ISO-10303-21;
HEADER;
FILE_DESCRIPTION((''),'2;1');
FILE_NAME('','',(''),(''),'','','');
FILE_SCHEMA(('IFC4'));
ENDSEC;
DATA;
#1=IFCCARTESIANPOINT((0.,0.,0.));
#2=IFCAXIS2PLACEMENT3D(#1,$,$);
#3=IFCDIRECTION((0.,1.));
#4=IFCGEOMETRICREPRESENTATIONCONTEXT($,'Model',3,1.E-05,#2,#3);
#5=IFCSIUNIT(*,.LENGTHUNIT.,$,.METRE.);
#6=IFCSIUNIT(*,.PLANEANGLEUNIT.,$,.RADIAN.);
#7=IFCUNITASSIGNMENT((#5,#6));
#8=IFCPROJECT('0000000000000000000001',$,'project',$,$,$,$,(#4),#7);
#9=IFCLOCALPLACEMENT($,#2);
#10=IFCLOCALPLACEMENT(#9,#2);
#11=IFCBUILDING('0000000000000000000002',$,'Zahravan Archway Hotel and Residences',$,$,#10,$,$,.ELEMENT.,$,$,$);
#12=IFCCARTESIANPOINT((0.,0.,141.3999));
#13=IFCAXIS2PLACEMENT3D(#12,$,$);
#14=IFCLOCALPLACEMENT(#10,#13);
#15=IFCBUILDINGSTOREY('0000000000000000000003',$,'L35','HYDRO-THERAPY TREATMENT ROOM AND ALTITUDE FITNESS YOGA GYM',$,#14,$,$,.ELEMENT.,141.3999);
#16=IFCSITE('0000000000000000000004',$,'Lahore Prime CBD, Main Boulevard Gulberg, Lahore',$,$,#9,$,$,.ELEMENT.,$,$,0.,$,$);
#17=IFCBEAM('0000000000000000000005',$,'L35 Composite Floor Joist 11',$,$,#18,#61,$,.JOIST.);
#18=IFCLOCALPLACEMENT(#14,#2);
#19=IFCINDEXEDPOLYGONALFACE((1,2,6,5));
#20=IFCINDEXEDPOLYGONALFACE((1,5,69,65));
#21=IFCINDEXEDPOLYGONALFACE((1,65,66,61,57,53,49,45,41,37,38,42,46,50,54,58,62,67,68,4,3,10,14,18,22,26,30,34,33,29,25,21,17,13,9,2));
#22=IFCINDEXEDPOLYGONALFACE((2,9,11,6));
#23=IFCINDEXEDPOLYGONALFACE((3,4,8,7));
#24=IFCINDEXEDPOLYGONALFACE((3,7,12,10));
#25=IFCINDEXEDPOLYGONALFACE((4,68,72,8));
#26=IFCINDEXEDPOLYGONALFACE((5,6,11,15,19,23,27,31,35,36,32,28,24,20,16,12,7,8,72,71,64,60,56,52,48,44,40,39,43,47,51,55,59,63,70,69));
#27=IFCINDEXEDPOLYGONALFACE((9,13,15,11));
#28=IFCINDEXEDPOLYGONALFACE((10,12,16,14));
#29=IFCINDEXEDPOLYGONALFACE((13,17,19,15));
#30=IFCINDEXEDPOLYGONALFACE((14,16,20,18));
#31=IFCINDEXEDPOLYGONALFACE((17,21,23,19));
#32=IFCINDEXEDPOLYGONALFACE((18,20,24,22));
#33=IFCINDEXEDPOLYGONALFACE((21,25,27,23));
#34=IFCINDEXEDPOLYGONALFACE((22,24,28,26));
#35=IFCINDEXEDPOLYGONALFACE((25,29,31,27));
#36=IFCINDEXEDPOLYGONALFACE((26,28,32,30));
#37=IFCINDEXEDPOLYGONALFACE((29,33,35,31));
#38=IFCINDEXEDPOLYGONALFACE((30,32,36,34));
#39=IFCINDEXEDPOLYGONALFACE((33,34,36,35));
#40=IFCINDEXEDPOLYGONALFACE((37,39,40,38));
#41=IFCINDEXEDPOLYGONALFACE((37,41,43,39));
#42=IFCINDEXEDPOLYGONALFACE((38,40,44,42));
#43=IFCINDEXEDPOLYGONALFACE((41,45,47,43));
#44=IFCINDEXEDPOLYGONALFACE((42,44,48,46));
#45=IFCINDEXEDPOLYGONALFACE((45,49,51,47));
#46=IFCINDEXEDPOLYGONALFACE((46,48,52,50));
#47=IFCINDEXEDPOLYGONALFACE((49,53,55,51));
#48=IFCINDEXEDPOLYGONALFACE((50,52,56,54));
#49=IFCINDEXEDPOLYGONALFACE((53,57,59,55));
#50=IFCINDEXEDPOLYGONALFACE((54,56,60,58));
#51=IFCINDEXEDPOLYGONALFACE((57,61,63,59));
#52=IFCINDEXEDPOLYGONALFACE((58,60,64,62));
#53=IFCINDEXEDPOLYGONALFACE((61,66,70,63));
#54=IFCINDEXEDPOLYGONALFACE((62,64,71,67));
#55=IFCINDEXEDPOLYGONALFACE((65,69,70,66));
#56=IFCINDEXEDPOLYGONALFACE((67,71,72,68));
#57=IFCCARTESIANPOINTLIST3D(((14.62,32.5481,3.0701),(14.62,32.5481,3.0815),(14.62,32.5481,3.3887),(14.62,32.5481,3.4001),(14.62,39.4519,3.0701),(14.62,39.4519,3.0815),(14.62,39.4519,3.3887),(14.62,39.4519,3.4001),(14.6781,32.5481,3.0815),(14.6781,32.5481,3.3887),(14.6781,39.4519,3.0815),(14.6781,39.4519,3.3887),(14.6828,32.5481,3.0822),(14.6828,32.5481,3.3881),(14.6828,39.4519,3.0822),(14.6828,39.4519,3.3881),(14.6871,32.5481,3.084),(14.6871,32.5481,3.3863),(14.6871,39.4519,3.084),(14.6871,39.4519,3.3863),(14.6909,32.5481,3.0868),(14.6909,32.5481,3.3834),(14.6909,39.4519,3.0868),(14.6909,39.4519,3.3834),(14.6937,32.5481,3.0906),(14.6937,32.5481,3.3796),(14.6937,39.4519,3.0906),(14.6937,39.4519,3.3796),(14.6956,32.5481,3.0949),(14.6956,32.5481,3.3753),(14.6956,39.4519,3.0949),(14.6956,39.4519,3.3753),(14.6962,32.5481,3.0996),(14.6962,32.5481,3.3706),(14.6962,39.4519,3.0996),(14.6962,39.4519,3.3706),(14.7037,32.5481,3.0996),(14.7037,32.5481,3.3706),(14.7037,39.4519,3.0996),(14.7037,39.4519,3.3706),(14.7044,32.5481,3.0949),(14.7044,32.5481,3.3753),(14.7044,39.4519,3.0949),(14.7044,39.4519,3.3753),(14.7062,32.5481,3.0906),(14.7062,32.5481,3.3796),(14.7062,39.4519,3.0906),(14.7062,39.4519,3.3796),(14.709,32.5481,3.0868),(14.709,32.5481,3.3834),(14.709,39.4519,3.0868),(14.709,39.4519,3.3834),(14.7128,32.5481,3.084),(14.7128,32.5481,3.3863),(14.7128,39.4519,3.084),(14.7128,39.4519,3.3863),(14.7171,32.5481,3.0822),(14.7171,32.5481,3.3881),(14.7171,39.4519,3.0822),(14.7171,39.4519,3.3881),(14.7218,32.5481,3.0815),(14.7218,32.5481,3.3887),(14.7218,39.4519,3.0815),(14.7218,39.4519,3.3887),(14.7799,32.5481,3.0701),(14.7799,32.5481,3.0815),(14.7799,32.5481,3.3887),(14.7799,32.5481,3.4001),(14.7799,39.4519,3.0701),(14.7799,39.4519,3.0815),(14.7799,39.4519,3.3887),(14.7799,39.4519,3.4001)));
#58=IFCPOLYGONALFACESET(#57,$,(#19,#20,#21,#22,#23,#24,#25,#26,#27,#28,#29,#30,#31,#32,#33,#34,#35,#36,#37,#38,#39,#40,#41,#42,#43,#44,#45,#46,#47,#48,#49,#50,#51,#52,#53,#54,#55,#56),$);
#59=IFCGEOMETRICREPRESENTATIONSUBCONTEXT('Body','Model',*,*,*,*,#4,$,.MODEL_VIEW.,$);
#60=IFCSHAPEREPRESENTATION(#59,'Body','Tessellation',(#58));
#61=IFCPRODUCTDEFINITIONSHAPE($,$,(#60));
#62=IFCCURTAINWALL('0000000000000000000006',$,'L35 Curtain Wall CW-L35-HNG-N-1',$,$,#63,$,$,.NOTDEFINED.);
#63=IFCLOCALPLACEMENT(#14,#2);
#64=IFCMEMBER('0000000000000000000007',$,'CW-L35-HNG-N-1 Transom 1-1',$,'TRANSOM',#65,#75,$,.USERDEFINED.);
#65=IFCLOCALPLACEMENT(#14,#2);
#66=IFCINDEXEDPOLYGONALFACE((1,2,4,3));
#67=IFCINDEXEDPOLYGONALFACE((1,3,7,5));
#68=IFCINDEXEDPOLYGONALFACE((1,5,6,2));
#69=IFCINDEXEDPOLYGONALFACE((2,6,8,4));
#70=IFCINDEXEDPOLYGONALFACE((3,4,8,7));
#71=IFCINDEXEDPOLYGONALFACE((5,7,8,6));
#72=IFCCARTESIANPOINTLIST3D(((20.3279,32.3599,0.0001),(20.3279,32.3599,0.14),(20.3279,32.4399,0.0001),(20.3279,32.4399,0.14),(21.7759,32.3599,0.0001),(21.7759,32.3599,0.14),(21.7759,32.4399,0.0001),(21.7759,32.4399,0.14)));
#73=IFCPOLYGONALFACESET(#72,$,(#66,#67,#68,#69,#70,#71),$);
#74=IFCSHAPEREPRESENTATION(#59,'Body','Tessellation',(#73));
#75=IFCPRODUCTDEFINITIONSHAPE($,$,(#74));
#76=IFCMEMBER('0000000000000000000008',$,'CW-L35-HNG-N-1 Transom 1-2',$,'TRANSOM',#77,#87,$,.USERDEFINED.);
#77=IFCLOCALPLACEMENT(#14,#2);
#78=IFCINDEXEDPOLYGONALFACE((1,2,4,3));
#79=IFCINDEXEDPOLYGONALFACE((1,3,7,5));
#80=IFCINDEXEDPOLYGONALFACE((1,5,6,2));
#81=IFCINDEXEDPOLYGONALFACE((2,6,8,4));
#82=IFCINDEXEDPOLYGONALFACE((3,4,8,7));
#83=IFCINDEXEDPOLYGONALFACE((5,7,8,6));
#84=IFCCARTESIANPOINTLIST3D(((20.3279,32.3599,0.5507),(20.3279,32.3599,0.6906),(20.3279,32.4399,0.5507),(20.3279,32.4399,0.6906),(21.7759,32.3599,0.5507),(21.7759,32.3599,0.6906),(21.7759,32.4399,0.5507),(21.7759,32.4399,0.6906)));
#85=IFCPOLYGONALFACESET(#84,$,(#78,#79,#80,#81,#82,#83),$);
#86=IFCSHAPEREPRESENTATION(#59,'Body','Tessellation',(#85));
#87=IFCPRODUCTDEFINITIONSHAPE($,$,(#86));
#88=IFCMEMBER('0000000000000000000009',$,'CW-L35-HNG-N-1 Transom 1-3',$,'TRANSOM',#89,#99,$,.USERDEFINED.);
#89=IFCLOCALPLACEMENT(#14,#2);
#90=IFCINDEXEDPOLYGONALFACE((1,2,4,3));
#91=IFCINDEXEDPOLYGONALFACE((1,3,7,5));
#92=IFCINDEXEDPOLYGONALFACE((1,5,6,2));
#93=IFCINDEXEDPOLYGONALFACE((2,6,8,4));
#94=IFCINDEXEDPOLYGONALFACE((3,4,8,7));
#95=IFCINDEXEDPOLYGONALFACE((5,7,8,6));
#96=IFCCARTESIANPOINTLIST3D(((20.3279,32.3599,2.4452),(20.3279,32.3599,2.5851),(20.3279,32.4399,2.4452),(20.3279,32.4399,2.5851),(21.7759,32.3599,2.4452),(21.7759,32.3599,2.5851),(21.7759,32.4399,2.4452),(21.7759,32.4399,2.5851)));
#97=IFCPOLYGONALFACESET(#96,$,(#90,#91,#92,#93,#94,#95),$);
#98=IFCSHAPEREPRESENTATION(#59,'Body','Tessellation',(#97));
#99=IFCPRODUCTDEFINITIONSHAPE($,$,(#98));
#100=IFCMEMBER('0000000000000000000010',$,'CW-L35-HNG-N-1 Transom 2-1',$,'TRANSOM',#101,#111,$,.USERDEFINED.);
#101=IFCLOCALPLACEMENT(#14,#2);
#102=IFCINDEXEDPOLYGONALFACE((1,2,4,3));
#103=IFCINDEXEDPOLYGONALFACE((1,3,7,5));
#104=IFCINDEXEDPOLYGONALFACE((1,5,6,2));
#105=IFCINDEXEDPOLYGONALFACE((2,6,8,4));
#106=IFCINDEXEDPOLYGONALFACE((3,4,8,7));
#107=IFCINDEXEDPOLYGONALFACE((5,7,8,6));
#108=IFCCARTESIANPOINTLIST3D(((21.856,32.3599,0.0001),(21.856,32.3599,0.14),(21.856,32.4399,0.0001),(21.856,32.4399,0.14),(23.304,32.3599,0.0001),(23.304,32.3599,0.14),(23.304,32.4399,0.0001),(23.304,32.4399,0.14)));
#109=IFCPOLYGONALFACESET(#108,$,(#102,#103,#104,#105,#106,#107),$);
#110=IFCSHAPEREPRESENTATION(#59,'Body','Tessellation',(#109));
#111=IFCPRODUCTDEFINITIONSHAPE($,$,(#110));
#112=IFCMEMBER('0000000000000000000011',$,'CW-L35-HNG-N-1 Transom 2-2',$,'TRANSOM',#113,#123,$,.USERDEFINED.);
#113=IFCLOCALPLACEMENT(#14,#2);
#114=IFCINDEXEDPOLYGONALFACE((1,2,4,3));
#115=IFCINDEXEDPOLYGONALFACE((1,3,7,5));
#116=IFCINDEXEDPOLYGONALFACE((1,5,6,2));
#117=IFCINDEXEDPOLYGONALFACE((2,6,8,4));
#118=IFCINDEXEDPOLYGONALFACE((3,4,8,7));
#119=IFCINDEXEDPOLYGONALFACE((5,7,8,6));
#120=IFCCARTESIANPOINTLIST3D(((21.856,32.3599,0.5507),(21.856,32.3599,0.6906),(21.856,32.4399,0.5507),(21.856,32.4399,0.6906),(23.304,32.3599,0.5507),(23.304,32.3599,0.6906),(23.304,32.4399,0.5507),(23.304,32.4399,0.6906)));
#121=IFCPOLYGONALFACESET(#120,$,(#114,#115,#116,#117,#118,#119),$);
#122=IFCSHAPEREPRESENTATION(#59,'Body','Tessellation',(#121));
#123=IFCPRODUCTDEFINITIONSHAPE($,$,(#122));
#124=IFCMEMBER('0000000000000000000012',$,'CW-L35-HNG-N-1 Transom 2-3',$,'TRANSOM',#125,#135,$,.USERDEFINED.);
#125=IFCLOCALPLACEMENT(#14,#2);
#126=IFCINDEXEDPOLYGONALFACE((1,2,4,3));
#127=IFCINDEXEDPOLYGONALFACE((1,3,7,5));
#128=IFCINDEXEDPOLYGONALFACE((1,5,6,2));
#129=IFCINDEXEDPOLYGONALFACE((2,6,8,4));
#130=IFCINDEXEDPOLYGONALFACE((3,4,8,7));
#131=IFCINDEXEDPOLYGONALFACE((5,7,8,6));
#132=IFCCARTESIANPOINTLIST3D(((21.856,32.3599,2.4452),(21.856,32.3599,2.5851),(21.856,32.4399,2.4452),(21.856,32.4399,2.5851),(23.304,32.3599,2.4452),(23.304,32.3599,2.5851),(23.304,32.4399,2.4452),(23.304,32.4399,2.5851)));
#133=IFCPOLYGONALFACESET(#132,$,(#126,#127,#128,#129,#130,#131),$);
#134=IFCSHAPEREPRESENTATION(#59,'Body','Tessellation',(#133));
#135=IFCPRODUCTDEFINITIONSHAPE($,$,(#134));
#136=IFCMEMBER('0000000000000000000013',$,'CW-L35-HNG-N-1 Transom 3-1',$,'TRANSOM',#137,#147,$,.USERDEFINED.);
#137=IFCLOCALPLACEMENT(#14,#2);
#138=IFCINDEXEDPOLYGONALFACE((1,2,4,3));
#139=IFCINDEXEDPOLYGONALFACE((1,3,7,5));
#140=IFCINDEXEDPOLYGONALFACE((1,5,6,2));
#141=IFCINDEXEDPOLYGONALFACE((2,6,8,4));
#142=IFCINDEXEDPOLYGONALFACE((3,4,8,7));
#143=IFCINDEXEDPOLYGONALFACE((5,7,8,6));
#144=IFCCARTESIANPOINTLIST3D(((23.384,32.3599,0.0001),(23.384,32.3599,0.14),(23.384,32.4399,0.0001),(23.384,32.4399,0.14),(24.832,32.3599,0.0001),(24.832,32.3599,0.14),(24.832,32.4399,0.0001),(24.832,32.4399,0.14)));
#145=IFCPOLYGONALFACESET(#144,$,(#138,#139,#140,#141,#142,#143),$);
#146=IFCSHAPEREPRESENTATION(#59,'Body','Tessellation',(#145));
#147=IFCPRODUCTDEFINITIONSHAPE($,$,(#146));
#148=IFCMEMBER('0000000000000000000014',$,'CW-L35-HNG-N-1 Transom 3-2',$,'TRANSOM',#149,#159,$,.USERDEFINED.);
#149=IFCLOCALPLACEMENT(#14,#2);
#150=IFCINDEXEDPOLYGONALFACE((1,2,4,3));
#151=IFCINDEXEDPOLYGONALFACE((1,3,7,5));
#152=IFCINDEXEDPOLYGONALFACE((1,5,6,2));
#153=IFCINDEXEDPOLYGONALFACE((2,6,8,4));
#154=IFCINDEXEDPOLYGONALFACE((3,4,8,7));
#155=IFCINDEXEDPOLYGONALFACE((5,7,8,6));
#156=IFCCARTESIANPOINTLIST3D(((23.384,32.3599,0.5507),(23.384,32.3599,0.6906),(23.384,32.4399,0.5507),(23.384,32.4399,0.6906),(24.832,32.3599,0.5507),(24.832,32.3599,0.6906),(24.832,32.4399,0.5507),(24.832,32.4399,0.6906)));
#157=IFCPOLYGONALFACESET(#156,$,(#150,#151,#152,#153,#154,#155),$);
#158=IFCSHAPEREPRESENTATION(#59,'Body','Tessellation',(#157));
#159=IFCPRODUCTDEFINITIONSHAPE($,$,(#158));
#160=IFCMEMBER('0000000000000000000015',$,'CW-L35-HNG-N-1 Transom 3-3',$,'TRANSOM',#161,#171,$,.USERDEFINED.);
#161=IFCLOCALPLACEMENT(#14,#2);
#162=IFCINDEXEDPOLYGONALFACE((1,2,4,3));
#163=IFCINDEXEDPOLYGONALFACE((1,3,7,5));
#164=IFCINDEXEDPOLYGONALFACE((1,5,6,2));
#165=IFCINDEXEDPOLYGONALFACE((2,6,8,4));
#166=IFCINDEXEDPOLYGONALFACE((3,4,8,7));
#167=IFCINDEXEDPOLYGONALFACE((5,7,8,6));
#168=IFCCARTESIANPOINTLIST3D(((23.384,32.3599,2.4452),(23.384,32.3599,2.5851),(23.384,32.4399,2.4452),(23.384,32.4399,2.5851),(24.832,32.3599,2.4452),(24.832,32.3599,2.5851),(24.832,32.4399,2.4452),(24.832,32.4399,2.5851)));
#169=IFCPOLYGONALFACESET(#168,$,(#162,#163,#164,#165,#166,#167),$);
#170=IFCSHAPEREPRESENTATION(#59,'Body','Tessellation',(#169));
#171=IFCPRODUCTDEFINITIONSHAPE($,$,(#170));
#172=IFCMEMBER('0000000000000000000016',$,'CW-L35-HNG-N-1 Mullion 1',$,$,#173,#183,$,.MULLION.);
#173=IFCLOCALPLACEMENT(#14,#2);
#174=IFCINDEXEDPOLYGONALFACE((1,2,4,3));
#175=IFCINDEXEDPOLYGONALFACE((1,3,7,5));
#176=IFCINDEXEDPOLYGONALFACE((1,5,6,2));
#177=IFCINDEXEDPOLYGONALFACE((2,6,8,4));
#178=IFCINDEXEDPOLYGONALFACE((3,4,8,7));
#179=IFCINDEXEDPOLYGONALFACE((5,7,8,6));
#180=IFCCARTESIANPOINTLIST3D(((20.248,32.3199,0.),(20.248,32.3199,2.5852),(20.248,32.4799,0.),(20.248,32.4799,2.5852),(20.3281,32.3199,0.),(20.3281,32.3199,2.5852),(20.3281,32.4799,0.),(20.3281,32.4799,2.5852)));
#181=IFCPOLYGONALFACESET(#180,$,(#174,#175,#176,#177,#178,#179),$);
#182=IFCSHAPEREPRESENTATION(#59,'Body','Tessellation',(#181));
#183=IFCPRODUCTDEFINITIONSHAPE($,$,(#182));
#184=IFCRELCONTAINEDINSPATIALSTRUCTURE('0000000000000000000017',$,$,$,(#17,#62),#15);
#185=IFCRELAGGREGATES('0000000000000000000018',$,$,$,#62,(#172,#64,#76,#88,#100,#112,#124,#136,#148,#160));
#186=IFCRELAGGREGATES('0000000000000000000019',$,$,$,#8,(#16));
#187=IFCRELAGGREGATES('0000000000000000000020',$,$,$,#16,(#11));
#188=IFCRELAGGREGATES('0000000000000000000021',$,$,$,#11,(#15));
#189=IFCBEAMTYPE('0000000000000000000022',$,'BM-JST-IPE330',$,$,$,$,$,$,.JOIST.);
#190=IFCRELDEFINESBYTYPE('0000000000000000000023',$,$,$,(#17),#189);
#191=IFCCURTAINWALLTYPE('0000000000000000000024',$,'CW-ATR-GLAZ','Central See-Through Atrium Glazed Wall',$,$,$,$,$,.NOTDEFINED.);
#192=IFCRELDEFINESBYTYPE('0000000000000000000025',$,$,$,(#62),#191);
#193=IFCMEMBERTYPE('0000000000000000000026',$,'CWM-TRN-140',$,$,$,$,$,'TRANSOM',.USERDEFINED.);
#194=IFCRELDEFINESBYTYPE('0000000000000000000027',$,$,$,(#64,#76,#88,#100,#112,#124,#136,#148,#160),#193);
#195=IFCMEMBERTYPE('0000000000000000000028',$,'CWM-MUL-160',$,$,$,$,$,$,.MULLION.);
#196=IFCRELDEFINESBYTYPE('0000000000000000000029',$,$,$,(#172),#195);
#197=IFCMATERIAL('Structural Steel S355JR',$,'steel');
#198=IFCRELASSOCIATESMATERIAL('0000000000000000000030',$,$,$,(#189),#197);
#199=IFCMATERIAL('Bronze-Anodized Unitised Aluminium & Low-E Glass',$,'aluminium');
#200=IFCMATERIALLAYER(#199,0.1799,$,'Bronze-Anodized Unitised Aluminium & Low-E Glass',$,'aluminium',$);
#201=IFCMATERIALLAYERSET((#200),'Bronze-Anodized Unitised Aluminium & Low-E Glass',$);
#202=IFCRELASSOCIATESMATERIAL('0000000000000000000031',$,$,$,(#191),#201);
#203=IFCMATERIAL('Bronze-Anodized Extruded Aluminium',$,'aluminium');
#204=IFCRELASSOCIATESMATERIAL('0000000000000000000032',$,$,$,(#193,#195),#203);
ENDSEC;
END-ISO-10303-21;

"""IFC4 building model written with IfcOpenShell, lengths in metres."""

from ifc_helpers import new_model, si_unit, direction, frame, origin, origin_2d, place, context, subcontext, project, spatial, rectangle, i_section, extrude, source, transform, mapped, material, layer, layer_set, material_profile, profile_set, type_object, element, aggregate, save


model = new_model("IFC4")

# Units and contexts
model_context = context("Model", 3, precision=1e-05, world=origin(), true_north=direction((0.0, 1.0)))
body_context = subcontext(model_context, "Body", "Model", "MODEL_VIEW")
ifc_project = project(units=[si_unit("LENGTHUNIT", "METRE"), si_unit("PLANEANGLEUNIT", "RADIAN")], contexts=[model_context])

# Site, building, storey
site_placement = place(None, origin())
site = spatial("IfcSite", under=ifc_project, at=site_placement, Name="Lahore Prime CBD, Main Boulevard Gulberg, Lahore", CompositionType="ELEMENT", RefElevation=0.0)
building_placement = place(site_placement, origin())
building = spatial("IfcBuilding", under=site, at=building_placement, Name="Zahravan Archway Hotel and Residences", CompositionType="ELEMENT")
storey_placement = place(building_placement, frame((0.0, 0.0, 141.3999)))
storey = spatial("IfcBuildingStorey", under=building, at=storey_placement, Name="L35", Description="HYDRO-THERAPY TREATMENT ROOM AND ALTITUDE FITNESS YOGA GYM", CompositionType="ELEMENT", Elevation=141.3999)

# Beam
ifc_material_1 = material(Name="Structural Steel S355JR", Category="steel")
ifc_material_profile_1 = material_profile(ifc_material_1, i_section(OverallWidth=0.1599, OverallDepth=0.3301, WebThickness=0.0076, FlangeThickness=0.0115, FilletRadius=0.0181, at=origin_2d()), Name="IPE 330", Category="steel")
ifc_profile_set_1 = profile_set([ifc_material_profile_1], Name="Structural Steel S355JR")
beam_type_1 = type_object("IfcBeamType", Name="BM-JST-IPE330", PredefinedType="JOIST", material=ifc_profile_set_1)
shared_shape_1 = source(origin(), body_context, "Body", "SweptSolid", [
    extrude(i_section(OverallWidth=0.1599, OverallDepth=0.3301, WebThickness=0.0076, FlangeThickness=0.0115, FilletRadius=0.0181, at=origin_2d()), origin(), (0.0, 0.0, 1.0), 6.9038),
])
beam_1_placement = place(storey_placement, frame((14.7, 32.5481, 3.2351), z_axis=(0.0, 1.0, 0.0), x_axis=(-1.0, 0.0, 0.0)))
element("IfcBeam", 1, at=beam_1_placement, inside=storey, type_object=beam_type_1, Name="L35 Composite Floor Joist 11", PredefinedType="JOIST", context=body_context, shape_type="MappedRepresentation", body=[
    mapped(shared_shape_1, transform((0.0, 0.0, 0.0), scale=1.0)),
])

# Curtain wall, members
ifc_material_2 = material(Name="Bronze-Anodized Unitised Aluminium & Low-E Glass", Category="aluminium")
ifc_layer_1 = layer(ifc_material_2, 0.1799, Name="Bronze-Anodized Unitised Aluminium & Low-E Glass", Category="aluminium")
ifc_layer_set_1 = layer_set([ifc_layer_1], Name="Bronze-Anodized Unitised Aluminium & Low-E Glass")
curtain_wall_type = type_object("IfcCurtainWallType", Name="CW-ATR-GLAZ", Description="Central See-Through Atrium Glazed Wall", PredefinedType="NOTDEFINED", material=ifc_layer_set_1)
curtain_wall_placement = place(storey_placement, origin())
curtain_wall = element("IfcCurtainWall", 2, at=curtain_wall_placement, inside=storey, type_object=curtain_wall_type, Name="L35 Curtain Wall CW-L35-HNG-N-1", PredefinedType="NOTDEFINED")
ifc_material_3 = material(Name="Bronze-Anodized Extruded Aluminium", Category="aluminium")
ifc_material_profile_2 = material_profile(ifc_material_3, rectangle(XDim=0.0801, YDim=0.1399, at=origin_2d()), Name="TRN 80x140", Category="aluminium")
ifc_profile_set_2 = profile_set([ifc_material_profile_2], Name="Bronze-Anodized Extruded Aluminium")
member_type_1 = type_object("IfcMemberType", Name="CWM-TRN-140", ElementType="TRANSOM", PredefinedType="USERDEFINED", material=ifc_profile_set_2)
shared_shape_2 = source(origin(), body_context, "Body", "SweptSolid", [
    extrude(rectangle(XDim=0.0801, YDim=0.1399, at=origin_2d()), origin(), (0.0, 0.0, 1.0), 1.448),
])
member_1_placement = place(storey_placement, frame((20.3279, 32.3999, 0.0701), z_axis=(1.0, 0.0, 0.0), x_axis=(0.0, 1.0, 0.0)))
member_1 = element("IfcMember", 3, at=member_1_placement, type_object=member_type_1, Name="CW-L35-HNG-N-1 Transom 1-1", ObjectType="TRANSOM", PredefinedType="USERDEFINED", context=body_context, shape_type="MappedRepresentation", body=[
    mapped(shared_shape_2, transform((0.0, 0.0, 0.0), scale=1.0)),
])
member_2_placement = place(storey_placement, frame((20.3279, 32.3999, 0.6206), z_axis=(1.0, 0.0, 0.0), x_axis=(0.0, 1.0, 0.0)))
member_2 = element("IfcMember", 4, at=member_2_placement, type_object=member_type_1, Name="CW-L35-HNG-N-1 Transom 1-2", ObjectType="TRANSOM", PredefinedType="USERDEFINED", context=body_context, shape_type="MappedRepresentation", body=[
    mapped(shared_shape_2, transform((0.0, 0.0, 0.0), scale=1.0)),
])
member_3_placement = place(storey_placement, frame((20.3279, 32.3999, 2.5151), z_axis=(1.0, 0.0, 0.0), x_axis=(0.0, 1.0, 0.0)))
member_3 = element("IfcMember", 5, at=member_3_placement, type_object=member_type_1, Name="CW-L35-HNG-N-1 Transom 1-3", ObjectType="TRANSOM", PredefinedType="USERDEFINED", context=body_context, shape_type="MappedRepresentation", body=[
    mapped(shared_shape_2, transform((0.0, 0.0, 0.0), scale=1.0)),
])
member_4_placement = place(storey_placement, frame((21.856, 32.3999, 0.0701), z_axis=(1.0, 0.0, 0.0), x_axis=(0.0, 1.0, 0.0)))
member_4 = element("IfcMember", 6, at=member_4_placement, type_object=member_type_1, Name="CW-L35-HNG-N-1 Transom 2-1", ObjectType="TRANSOM", PredefinedType="USERDEFINED", context=body_context, shape_type="MappedRepresentation", body=[
    mapped(shared_shape_2, transform((0.0, 0.0, 0.0), scale=1.0)),
])
member_5_placement = place(storey_placement, frame((21.856, 32.3999, 0.6206), z_axis=(1.0, 0.0, 0.0), x_axis=(0.0, 1.0, 0.0)))
member_5 = element("IfcMember", 7, at=member_5_placement, type_object=member_type_1, Name="CW-L35-HNG-N-1 Transom 2-2", ObjectType="TRANSOM", PredefinedType="USERDEFINED", context=body_context, shape_type="MappedRepresentation", body=[
    mapped(shared_shape_2, transform((0.0, 0.0, 0.0), scale=1.0)),
])
member_6_placement = place(storey_placement, frame((21.856, 32.3999, 2.5151), z_axis=(1.0, 0.0, 0.0), x_axis=(0.0, 1.0, 0.0)))
member_6 = element("IfcMember", 8, at=member_6_placement, type_object=member_type_1, Name="CW-L35-HNG-N-1 Transom 2-3", ObjectType="TRANSOM", PredefinedType="USERDEFINED", context=body_context, shape_type="MappedRepresentation", body=[
    mapped(shared_shape_2, transform((0.0, 0.0, 0.0), scale=1.0)),
])
member_7_placement = place(storey_placement, frame((23.384, 32.3999, 0.0701), z_axis=(1.0, 0.0, 0.0), x_axis=(0.0, 1.0, 0.0)))
member_7 = element("IfcMember", 9, at=member_7_placement, type_object=member_type_1, Name="CW-L35-HNG-N-1 Transom 3-1", ObjectType="TRANSOM", PredefinedType="USERDEFINED", context=body_context, shape_type="MappedRepresentation", body=[
    mapped(shared_shape_2, transform((0.0, 0.0, 0.0), scale=1.0)),
])
member_8_placement = place(storey_placement, frame((23.384, 32.3999, 0.6206), z_axis=(1.0, 0.0, 0.0), x_axis=(0.0, 1.0, 0.0)))
member_8 = element("IfcMember", 10, at=member_8_placement, type_object=member_type_1, Name="CW-L35-HNG-N-1 Transom 3-2", ObjectType="TRANSOM", PredefinedType="USERDEFINED", context=body_context, shape_type="MappedRepresentation", body=[
    mapped(shared_shape_2, transform((0.0, 0.0, 0.0), scale=1.0)),
])
member_9_placement = place(storey_placement, frame((23.384, 32.3999, 2.5151), z_axis=(1.0, 0.0, 0.0), x_axis=(0.0, 1.0, 0.0)))
member_9 = element("IfcMember", 11, at=member_9_placement, type_object=member_type_1, Name="CW-L35-HNG-N-1 Transom 3-3", ObjectType="TRANSOM", PredefinedType="USERDEFINED", context=body_context, shape_type="MappedRepresentation", body=[
    mapped(shared_shape_2, transform((0.0, 0.0, 0.0), scale=1.0)),
])
ifc_material_profile_3 = material_profile(ifc_material_3, rectangle(XDim=0.0801, YDim=0.1599, at=origin_2d()), Name="MUL 80x160", Category="aluminium")
ifc_profile_set_3 = profile_set([ifc_material_profile_3], Name="Bronze-Anodized Extruded Aluminium")
member_type_2 = type_object("IfcMemberType", Name="CWM-MUL-160", PredefinedType="MULLION", material=ifc_profile_set_3)
shared_shape_3 = source(origin(), body_context, "Body", "SweptSolid", [
    extrude(rectangle(XDim=0.0801, YDim=0.1599, at=origin_2d()), origin(), (0.0, 0.0, 1.0), 2.5852),
])
member_10_placement = place(storey_placement, frame((20.2881, 32.3999, 0.0), z_axis=(0.0, 0.0, 1.0), x_axis=(1.0, 0.0, 0.0)))
member_10 = element("IfcMember", 12, at=member_10_placement, type_object=member_type_2, Name="CW-L35-HNG-N-1 Mullion 1", PredefinedType="MULLION", context=body_context, shape_type="MappedRepresentation", body=[
    mapped(shared_shape_3, transform((0.0, 0.0, 0.0), scale=1.0)),
])
aggregate(curtain_wall, [member_10, member_1, member_2, member_3, member_4, member_5, member_6, member_7, member_8, member_9])

save(model, "model.ifc")
